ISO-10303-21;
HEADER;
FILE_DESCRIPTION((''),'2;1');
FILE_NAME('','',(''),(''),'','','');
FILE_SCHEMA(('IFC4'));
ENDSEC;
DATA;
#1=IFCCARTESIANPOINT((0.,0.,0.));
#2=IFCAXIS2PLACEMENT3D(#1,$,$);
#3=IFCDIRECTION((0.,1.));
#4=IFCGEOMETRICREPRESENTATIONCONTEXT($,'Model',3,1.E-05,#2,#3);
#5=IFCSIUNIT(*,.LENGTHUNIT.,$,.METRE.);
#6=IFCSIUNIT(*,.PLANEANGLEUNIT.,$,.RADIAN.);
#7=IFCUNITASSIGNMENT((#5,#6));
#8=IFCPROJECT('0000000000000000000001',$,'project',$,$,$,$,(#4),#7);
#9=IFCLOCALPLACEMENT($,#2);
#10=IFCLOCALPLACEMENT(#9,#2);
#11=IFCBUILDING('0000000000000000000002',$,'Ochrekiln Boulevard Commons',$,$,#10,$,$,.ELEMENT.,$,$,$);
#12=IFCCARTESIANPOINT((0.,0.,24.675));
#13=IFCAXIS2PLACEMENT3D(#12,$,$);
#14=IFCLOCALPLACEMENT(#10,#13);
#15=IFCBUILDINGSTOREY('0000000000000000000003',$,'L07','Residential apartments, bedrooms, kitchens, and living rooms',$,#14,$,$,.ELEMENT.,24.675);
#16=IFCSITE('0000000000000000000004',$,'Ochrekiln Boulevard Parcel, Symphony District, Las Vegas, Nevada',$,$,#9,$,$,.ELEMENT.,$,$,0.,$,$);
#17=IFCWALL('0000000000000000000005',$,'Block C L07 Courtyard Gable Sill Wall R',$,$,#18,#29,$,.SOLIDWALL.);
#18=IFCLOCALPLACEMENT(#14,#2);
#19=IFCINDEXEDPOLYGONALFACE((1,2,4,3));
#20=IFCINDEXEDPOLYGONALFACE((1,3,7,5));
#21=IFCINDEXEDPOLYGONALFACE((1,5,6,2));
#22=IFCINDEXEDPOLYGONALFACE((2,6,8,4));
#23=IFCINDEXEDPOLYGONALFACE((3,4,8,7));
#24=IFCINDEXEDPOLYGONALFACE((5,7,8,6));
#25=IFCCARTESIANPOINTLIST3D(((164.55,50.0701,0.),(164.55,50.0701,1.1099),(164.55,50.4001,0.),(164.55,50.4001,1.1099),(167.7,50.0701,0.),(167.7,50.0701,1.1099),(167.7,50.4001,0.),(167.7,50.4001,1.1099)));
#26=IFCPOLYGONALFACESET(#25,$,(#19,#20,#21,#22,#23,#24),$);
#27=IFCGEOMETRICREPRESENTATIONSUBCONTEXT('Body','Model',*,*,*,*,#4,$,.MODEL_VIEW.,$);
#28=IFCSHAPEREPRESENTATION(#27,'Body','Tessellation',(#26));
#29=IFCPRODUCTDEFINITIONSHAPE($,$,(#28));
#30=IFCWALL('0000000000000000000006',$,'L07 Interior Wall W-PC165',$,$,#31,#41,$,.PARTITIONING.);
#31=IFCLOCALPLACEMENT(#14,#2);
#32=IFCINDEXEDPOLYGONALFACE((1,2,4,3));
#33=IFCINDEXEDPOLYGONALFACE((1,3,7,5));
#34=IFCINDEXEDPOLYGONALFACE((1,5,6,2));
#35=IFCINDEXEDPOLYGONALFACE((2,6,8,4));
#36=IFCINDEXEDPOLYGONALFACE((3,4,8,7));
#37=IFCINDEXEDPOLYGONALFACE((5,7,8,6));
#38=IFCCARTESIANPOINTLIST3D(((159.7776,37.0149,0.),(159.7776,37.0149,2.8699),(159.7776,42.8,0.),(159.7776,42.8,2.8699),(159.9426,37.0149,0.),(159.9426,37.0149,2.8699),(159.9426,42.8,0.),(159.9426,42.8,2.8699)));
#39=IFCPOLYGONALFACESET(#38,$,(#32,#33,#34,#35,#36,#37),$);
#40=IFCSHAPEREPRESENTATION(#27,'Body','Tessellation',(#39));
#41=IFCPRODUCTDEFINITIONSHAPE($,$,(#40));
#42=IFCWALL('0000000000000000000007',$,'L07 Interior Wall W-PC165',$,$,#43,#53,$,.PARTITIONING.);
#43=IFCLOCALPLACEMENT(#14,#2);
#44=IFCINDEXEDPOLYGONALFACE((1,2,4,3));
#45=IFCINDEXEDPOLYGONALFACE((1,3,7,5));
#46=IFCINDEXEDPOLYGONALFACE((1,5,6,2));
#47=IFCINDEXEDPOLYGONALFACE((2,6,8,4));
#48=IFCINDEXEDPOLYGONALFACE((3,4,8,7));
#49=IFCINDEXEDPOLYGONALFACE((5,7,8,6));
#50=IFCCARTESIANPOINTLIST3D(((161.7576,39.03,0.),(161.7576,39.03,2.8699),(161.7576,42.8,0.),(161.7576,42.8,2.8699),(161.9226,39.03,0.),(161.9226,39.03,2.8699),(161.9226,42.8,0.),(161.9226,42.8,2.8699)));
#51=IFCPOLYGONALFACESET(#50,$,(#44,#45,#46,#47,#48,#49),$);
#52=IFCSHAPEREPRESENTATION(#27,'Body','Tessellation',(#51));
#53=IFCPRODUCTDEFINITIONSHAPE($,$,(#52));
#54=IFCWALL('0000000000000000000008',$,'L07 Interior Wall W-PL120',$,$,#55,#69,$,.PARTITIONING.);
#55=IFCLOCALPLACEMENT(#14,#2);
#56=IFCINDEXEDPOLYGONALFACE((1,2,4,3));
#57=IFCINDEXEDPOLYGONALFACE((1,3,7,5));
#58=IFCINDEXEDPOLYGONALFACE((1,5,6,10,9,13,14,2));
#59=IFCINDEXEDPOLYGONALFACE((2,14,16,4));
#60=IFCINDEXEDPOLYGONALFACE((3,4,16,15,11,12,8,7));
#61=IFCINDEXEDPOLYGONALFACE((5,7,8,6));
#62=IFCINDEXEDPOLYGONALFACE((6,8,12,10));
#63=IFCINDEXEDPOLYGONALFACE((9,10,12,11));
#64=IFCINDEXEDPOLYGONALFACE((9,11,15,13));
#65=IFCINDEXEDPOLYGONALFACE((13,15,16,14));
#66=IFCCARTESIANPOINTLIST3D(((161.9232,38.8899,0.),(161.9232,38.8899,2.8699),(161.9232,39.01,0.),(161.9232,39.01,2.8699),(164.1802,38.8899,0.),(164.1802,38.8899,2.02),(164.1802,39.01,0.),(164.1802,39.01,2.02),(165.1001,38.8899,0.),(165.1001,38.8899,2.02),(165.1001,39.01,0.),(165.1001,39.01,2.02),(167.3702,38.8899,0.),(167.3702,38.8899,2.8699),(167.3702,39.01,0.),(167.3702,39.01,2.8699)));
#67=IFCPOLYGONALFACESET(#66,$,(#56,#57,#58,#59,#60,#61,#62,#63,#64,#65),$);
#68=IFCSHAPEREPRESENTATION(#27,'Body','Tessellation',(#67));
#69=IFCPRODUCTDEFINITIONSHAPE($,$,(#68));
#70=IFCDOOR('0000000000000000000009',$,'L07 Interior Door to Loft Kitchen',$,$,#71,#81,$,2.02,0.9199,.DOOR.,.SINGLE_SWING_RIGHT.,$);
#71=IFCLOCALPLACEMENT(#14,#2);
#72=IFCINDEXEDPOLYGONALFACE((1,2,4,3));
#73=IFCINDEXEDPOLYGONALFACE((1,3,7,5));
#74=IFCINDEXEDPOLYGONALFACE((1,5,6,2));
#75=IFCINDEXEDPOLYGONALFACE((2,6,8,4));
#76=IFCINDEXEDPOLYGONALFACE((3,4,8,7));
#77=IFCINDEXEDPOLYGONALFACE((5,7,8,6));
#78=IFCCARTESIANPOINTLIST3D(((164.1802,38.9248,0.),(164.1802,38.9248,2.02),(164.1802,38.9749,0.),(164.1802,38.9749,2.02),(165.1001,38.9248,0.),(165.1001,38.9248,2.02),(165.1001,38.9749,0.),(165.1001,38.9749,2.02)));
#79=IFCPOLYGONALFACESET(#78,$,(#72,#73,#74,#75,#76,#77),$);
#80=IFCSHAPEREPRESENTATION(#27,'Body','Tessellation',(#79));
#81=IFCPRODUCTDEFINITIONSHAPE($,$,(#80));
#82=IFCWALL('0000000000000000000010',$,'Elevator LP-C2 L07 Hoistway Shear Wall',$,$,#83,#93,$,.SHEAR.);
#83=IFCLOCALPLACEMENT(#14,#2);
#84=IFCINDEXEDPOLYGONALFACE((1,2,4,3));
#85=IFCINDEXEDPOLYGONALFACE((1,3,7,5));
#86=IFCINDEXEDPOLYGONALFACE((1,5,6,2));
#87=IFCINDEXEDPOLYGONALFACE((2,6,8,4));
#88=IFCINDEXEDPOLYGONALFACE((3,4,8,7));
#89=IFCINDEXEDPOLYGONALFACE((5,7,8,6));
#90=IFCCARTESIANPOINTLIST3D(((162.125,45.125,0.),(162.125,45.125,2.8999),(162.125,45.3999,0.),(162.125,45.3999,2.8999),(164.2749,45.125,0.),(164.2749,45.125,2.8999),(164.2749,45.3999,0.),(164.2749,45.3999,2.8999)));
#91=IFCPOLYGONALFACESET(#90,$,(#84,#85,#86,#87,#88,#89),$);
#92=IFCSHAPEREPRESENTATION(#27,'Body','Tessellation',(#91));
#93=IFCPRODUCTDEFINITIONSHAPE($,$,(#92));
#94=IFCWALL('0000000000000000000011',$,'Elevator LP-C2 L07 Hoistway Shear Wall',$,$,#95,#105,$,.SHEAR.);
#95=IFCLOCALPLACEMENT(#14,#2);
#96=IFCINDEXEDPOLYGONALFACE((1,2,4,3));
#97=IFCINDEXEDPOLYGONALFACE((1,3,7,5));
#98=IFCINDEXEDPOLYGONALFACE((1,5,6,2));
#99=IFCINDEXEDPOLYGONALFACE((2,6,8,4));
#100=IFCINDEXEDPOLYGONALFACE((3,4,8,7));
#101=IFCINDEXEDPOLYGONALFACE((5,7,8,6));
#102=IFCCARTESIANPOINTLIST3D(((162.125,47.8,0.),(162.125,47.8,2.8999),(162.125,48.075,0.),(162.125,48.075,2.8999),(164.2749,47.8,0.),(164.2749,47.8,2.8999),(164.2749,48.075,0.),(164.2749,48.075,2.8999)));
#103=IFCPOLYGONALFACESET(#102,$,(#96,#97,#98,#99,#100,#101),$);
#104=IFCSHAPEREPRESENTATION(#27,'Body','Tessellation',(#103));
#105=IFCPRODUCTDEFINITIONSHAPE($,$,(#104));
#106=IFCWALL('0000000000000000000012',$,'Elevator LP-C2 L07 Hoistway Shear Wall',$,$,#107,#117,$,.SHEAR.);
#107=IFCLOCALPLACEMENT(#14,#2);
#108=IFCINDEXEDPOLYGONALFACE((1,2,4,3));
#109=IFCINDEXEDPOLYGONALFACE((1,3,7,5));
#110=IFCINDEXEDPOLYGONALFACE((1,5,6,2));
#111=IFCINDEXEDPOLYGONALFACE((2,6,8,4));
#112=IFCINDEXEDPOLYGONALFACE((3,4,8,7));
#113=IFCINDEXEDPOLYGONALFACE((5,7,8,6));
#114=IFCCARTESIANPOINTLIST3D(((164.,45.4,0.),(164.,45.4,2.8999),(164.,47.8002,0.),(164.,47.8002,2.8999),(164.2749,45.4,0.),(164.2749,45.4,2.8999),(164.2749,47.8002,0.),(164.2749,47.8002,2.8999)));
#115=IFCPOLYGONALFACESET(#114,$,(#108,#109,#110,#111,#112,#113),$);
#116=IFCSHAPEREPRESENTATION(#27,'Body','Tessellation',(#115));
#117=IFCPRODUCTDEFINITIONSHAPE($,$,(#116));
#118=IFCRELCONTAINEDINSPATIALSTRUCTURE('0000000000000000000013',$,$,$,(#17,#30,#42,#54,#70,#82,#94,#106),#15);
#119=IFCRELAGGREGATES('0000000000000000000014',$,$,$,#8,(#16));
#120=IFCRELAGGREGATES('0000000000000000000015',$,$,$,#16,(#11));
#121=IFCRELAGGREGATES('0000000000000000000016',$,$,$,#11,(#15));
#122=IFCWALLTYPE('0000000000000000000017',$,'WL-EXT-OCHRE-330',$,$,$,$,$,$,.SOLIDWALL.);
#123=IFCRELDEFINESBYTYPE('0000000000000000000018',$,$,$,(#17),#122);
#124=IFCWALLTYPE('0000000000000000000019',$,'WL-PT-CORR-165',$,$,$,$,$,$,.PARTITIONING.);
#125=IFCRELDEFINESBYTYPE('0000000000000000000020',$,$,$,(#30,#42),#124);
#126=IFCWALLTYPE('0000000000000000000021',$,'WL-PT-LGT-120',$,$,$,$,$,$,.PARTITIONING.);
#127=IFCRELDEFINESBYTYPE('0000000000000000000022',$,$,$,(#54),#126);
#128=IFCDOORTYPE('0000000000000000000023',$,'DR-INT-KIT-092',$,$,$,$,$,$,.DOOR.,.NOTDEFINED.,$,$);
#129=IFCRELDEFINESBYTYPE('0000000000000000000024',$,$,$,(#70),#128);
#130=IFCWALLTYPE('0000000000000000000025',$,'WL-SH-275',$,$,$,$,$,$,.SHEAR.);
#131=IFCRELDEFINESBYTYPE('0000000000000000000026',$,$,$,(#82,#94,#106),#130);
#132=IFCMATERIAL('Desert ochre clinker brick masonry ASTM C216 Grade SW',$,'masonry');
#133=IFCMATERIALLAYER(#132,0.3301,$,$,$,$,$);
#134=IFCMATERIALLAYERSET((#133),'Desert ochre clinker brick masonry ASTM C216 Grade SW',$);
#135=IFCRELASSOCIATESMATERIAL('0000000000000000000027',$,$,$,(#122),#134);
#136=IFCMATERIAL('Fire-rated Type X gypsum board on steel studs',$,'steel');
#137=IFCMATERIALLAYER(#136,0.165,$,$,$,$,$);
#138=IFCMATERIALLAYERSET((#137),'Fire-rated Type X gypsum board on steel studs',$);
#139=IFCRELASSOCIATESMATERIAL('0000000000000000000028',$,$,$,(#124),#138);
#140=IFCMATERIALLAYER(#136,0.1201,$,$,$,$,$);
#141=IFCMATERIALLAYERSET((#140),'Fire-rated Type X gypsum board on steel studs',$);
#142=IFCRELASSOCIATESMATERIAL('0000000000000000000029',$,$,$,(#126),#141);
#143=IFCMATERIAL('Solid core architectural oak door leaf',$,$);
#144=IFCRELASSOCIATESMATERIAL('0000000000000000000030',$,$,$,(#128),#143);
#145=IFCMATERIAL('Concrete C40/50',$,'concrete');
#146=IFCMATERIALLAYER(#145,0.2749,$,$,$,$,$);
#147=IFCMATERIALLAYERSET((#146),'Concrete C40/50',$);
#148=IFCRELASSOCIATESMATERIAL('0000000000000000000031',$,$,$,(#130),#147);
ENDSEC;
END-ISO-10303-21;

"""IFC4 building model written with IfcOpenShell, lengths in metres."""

from ifc_helpers import new_model, si_unit, direction, frame, frame_2d, origin, place, context, subcontext, project, spatial, rectangle, extrude, material, layer, layer_set, type_object, element, fill, save


model = new_model("IFC4")

# Units and contexts
model_context = context("Model", 3, precision=1e-05, world=origin(), true_north=direction((0.0, 1.0)))
body_context = subcontext(model_context, "Body", "Model", "MODEL_VIEW")
ifc_project = project(units=[si_unit("LENGTHUNIT", "METRE"), si_unit("PLANEANGLEUNIT", "RADIAN")], contexts=[model_context])

# Site, building, storey
site_placement = place(None, origin())
site = spatial("IfcSite", under=ifc_project, at=site_placement, Name="Ochrekiln Boulevard Parcel, Symphony District, Las Vegas, Nevada", CompositionType="ELEMENT", RefElevation=0.0)
building_placement = place(site_placement, origin())
building = spatial("IfcBuilding", under=site, at=building_placement, Name="Ochrekiln Boulevard Commons", CompositionType="ELEMENT")
storey_placement = place(building_placement, frame((0.0, 0.0, 24.675)))
storey = spatial("IfcBuildingStorey", under=building, at=storey_placement, Name="L07", Description="Residential apartments, bedrooms, kitchens, and living rooms", CompositionType="ELEMENT", Elevation=24.675)

# Shared definitions
ifc_material_1 = material(Name="Concrete C40/50", Category="concrete")

# Shared definitions
ifc_material_2 = material(Name="Desert ochre clinker brick masonry ASTM C216 Grade SW", Category="masonry")
ifc_layer_1 = layer(ifc_material_2, 0.3301)
ifc_layer_set_1 = layer_set([ifc_layer_1], Name="Desert ochre clinker brick masonry ASTM C216 Grade SW")
wall_type_1 = type_object("IfcWallType", Name="WL-EXT-OCHRE-330", PredefinedType="SOLIDWALL", material=ifc_layer_set_1)

# Walls
wall_1_placement = place(storey_placement, frame((164.55, 50.2351, 0.0), z_axis=(0.0, 0.0, 1.0), x_axis=(1.0, 0.0, 0.0)))
element("IfcWall", 1, at=wall_1_placement, inside=storey, type_object=wall_type_1, Name="Block C L07 Courtyard Gable Sill Wall R", PredefinedType="SOLIDWALL", context=body_context, shape_type="SweptSolid", body=[
    extrude(rectangle(XDim=3.1499, YDim=0.3301, at=frame_2d((1.575, 0.0))), origin(), (0.0, 0.0, 1.0), 1.1099),
])
ifc_material_3 = material(Name="Fire-rated Type X gypsum board on steel studs", Category="steel")
ifc_layer_2 = layer(ifc_material_3, 0.165)
ifc_layer_set_2 = layer_set([ifc_layer_2], Name="Fire-rated Type X gypsum board on steel studs")
wall_type_2 = type_object("IfcWallType", Name="WL-PT-CORR-165", PredefinedType="PARTITIONING", material=ifc_layer_set_2)
wall_2_placement = place(storey_placement, frame((159.8601, 37.0149, 0.0), z_axis=(0.0, 0.0, 1.0), x_axis=(0.0, 1.0, 0.0)))
element("IfcWall", 2, at=wall_2_placement, inside=storey, type_object=wall_type_2, Name="L07 Interior Wall W-PC165", PredefinedType="PARTITIONING", context=body_context, shape_type="SweptSolid", body=[
    extrude(rectangle(XDim=5.7852, YDim=0.165, at=frame_2d((2.8926, 0.0))), origin(), (0.0, 0.0, 1.0), 2.8699),
])
wall_3_placement = place(storey_placement, frame((161.8401, 39.03, 0.0), z_axis=(0.0, 0.0, 1.0), x_axis=(0.0, 1.0, 0.0)))
element("IfcWall", 3, at=wall_3_placement, inside=storey, type_object=wall_type_2, Name="L07 Interior Wall W-PC165", PredefinedType="PARTITIONING", context=body_context, shape_type="SweptSolid", body=[
    extrude(rectangle(XDim=3.77, YDim=0.165, at=frame_2d((1.885, 0.0))), origin(), (0.0, 0.0, 1.0), 2.8699),
])

# Wall, opening, door
ifc_layer_3 = layer(ifc_material_3, 0.1201)
ifc_layer_set_3 = layer_set([ifc_layer_3], Name="Fire-rated Type X gypsum board on steel studs")
wall_type_3 = type_object("IfcWallType", Name="WL-PT-LGT-120", PredefinedType="PARTITIONING", material=ifc_layer_set_3)
wall_4_placement = place(storey_placement, frame((161.9231, 38.95, 0.0), z_axis=(0.0, 0.0, 1.0), x_axis=(1.0, 0.0, 0.0)))
wall_4 = element("IfcWall", 4, at=wall_4_placement, inside=storey, type_object=wall_type_3, Name="L07 Interior Wall W-PL120", PredefinedType="PARTITIONING", context=body_context, shape_type="SweptSolid", body=[
    extrude(rectangle(XDim=5.447, YDim=0.1201, at=frame_2d((2.7236, 0.0))), origin(), (0.0, 0.0, 1.0), 2.8699),
])
opening_1_placement = place(wall_4_placement, frame((2.2571, 0.0, 0.0)))
opening_1 = element("IfcOpeningElement", 5, at=opening_1_placement, cuts=wall_4, PredefinedType="OPENING", context=body_context, shape_type="SweptSolid", body=[
    extrude(rectangle(XDim=0.9199, YDim=2.02, at=frame_2d((0.46, 1.01))), frame((0.0, 0.0701, 0.0), z_axis=(0.0, -1.0, 0.0), x_axis=(1.0, 0.0, 0.0)), (0.0, 0.0, 1.0), 0.1401),
])
ifc_material_4 = material(Name="Solid core architectural oak door leaf")
door_type_1 = type_object("IfcDoorType", Name="DR-INT-KIT-092", OperationType="NOTDEFINED", PredefinedType="DOOR", material=ifc_material_4)
door_1_placement = place(opening_1_placement, origin())
door_1 = element("IfcDoor", 6, at=door_1_placement, inside=storey, type_object=door_type_1, Name="L07 Interior Door to Loft Kitchen", OperationType="SINGLE_SWING_RIGHT", OverallHeight=2.02, OverallWidth=0.9199, PredefinedType="DOOR", context=body_context, shape_type="SweptSolid", body=[
    extrude(rectangle(XDim=0.9199, YDim=2.02, at=frame_2d((0.46, 1.01))), frame((0.0, 0.0249, 0.0), z_axis=(0.0, -1.0, 0.0), x_axis=(1.0, 0.0, 0.0)), (0.0, 0.0, 1.0), 0.05),
])
fill(opening_1, door_1)

# Walls
ifc_layer_4 = layer(ifc_material_1, 0.2749)
ifc_layer_set_4 = layer_set([ifc_layer_4], Name="Concrete C40/50")
wall_type_4 = type_object("IfcWallType", Name="WL-SH-275", PredefinedType="SHEAR", material=ifc_layer_set_4)
for number, where, z_axis, x_axis, name in (
    (7, (162.125, 45.2625, 0.0), (0.0, 0.0, 1.0), (1.0, 0.0, 0.0), "Elevator LP-C2 L07 Hoistway Shear Wall"),
    (8, (162.125, 47.9375, 0.0), (0.0, 0.0, 1.0), (1.0, 0.0, 0.0), "Elevator LP-C2 L07 Hoistway Shear Wall"),
):
    element("IfcWall", number, at=place(storey_placement, frame(where, z_axis=z_axis, x_axis=x_axis)), inside=storey, type_object=wall_type_4, Name=name, PredefinedType="SHEAR", context=body_context, shape_type="SweptSolid", body=[
        extrude(rectangle(XDim=2.1499, YDim=0.2749, at=frame_2d((1.075, 0.0))), origin(), (0.0, 0.0, 1.0), 2.8999),
    ])

# Wall
wall_5_placement = place(storey_placement, frame((164.1375, 45.3999, 0.0), z_axis=(0.0, 0.0, 1.0), x_axis=(0.0, 1.0, 0.0)))
element("IfcWall", 9, at=wall_5_placement, inside=storey, type_object=wall_type_4, Name="Elevator LP-C2 L07 Hoistway Shear Wall", PredefinedType="SHEAR", context=body_context, shape_type="SweptSolid", body=[
    extrude(rectangle(XDim=2.4001, YDim=0.2749, at=frame_2d((1.2002, 0.0))), origin(), (0.0, 0.0, 1.0), 2.8999),
])

save(model, "model.ifc")
